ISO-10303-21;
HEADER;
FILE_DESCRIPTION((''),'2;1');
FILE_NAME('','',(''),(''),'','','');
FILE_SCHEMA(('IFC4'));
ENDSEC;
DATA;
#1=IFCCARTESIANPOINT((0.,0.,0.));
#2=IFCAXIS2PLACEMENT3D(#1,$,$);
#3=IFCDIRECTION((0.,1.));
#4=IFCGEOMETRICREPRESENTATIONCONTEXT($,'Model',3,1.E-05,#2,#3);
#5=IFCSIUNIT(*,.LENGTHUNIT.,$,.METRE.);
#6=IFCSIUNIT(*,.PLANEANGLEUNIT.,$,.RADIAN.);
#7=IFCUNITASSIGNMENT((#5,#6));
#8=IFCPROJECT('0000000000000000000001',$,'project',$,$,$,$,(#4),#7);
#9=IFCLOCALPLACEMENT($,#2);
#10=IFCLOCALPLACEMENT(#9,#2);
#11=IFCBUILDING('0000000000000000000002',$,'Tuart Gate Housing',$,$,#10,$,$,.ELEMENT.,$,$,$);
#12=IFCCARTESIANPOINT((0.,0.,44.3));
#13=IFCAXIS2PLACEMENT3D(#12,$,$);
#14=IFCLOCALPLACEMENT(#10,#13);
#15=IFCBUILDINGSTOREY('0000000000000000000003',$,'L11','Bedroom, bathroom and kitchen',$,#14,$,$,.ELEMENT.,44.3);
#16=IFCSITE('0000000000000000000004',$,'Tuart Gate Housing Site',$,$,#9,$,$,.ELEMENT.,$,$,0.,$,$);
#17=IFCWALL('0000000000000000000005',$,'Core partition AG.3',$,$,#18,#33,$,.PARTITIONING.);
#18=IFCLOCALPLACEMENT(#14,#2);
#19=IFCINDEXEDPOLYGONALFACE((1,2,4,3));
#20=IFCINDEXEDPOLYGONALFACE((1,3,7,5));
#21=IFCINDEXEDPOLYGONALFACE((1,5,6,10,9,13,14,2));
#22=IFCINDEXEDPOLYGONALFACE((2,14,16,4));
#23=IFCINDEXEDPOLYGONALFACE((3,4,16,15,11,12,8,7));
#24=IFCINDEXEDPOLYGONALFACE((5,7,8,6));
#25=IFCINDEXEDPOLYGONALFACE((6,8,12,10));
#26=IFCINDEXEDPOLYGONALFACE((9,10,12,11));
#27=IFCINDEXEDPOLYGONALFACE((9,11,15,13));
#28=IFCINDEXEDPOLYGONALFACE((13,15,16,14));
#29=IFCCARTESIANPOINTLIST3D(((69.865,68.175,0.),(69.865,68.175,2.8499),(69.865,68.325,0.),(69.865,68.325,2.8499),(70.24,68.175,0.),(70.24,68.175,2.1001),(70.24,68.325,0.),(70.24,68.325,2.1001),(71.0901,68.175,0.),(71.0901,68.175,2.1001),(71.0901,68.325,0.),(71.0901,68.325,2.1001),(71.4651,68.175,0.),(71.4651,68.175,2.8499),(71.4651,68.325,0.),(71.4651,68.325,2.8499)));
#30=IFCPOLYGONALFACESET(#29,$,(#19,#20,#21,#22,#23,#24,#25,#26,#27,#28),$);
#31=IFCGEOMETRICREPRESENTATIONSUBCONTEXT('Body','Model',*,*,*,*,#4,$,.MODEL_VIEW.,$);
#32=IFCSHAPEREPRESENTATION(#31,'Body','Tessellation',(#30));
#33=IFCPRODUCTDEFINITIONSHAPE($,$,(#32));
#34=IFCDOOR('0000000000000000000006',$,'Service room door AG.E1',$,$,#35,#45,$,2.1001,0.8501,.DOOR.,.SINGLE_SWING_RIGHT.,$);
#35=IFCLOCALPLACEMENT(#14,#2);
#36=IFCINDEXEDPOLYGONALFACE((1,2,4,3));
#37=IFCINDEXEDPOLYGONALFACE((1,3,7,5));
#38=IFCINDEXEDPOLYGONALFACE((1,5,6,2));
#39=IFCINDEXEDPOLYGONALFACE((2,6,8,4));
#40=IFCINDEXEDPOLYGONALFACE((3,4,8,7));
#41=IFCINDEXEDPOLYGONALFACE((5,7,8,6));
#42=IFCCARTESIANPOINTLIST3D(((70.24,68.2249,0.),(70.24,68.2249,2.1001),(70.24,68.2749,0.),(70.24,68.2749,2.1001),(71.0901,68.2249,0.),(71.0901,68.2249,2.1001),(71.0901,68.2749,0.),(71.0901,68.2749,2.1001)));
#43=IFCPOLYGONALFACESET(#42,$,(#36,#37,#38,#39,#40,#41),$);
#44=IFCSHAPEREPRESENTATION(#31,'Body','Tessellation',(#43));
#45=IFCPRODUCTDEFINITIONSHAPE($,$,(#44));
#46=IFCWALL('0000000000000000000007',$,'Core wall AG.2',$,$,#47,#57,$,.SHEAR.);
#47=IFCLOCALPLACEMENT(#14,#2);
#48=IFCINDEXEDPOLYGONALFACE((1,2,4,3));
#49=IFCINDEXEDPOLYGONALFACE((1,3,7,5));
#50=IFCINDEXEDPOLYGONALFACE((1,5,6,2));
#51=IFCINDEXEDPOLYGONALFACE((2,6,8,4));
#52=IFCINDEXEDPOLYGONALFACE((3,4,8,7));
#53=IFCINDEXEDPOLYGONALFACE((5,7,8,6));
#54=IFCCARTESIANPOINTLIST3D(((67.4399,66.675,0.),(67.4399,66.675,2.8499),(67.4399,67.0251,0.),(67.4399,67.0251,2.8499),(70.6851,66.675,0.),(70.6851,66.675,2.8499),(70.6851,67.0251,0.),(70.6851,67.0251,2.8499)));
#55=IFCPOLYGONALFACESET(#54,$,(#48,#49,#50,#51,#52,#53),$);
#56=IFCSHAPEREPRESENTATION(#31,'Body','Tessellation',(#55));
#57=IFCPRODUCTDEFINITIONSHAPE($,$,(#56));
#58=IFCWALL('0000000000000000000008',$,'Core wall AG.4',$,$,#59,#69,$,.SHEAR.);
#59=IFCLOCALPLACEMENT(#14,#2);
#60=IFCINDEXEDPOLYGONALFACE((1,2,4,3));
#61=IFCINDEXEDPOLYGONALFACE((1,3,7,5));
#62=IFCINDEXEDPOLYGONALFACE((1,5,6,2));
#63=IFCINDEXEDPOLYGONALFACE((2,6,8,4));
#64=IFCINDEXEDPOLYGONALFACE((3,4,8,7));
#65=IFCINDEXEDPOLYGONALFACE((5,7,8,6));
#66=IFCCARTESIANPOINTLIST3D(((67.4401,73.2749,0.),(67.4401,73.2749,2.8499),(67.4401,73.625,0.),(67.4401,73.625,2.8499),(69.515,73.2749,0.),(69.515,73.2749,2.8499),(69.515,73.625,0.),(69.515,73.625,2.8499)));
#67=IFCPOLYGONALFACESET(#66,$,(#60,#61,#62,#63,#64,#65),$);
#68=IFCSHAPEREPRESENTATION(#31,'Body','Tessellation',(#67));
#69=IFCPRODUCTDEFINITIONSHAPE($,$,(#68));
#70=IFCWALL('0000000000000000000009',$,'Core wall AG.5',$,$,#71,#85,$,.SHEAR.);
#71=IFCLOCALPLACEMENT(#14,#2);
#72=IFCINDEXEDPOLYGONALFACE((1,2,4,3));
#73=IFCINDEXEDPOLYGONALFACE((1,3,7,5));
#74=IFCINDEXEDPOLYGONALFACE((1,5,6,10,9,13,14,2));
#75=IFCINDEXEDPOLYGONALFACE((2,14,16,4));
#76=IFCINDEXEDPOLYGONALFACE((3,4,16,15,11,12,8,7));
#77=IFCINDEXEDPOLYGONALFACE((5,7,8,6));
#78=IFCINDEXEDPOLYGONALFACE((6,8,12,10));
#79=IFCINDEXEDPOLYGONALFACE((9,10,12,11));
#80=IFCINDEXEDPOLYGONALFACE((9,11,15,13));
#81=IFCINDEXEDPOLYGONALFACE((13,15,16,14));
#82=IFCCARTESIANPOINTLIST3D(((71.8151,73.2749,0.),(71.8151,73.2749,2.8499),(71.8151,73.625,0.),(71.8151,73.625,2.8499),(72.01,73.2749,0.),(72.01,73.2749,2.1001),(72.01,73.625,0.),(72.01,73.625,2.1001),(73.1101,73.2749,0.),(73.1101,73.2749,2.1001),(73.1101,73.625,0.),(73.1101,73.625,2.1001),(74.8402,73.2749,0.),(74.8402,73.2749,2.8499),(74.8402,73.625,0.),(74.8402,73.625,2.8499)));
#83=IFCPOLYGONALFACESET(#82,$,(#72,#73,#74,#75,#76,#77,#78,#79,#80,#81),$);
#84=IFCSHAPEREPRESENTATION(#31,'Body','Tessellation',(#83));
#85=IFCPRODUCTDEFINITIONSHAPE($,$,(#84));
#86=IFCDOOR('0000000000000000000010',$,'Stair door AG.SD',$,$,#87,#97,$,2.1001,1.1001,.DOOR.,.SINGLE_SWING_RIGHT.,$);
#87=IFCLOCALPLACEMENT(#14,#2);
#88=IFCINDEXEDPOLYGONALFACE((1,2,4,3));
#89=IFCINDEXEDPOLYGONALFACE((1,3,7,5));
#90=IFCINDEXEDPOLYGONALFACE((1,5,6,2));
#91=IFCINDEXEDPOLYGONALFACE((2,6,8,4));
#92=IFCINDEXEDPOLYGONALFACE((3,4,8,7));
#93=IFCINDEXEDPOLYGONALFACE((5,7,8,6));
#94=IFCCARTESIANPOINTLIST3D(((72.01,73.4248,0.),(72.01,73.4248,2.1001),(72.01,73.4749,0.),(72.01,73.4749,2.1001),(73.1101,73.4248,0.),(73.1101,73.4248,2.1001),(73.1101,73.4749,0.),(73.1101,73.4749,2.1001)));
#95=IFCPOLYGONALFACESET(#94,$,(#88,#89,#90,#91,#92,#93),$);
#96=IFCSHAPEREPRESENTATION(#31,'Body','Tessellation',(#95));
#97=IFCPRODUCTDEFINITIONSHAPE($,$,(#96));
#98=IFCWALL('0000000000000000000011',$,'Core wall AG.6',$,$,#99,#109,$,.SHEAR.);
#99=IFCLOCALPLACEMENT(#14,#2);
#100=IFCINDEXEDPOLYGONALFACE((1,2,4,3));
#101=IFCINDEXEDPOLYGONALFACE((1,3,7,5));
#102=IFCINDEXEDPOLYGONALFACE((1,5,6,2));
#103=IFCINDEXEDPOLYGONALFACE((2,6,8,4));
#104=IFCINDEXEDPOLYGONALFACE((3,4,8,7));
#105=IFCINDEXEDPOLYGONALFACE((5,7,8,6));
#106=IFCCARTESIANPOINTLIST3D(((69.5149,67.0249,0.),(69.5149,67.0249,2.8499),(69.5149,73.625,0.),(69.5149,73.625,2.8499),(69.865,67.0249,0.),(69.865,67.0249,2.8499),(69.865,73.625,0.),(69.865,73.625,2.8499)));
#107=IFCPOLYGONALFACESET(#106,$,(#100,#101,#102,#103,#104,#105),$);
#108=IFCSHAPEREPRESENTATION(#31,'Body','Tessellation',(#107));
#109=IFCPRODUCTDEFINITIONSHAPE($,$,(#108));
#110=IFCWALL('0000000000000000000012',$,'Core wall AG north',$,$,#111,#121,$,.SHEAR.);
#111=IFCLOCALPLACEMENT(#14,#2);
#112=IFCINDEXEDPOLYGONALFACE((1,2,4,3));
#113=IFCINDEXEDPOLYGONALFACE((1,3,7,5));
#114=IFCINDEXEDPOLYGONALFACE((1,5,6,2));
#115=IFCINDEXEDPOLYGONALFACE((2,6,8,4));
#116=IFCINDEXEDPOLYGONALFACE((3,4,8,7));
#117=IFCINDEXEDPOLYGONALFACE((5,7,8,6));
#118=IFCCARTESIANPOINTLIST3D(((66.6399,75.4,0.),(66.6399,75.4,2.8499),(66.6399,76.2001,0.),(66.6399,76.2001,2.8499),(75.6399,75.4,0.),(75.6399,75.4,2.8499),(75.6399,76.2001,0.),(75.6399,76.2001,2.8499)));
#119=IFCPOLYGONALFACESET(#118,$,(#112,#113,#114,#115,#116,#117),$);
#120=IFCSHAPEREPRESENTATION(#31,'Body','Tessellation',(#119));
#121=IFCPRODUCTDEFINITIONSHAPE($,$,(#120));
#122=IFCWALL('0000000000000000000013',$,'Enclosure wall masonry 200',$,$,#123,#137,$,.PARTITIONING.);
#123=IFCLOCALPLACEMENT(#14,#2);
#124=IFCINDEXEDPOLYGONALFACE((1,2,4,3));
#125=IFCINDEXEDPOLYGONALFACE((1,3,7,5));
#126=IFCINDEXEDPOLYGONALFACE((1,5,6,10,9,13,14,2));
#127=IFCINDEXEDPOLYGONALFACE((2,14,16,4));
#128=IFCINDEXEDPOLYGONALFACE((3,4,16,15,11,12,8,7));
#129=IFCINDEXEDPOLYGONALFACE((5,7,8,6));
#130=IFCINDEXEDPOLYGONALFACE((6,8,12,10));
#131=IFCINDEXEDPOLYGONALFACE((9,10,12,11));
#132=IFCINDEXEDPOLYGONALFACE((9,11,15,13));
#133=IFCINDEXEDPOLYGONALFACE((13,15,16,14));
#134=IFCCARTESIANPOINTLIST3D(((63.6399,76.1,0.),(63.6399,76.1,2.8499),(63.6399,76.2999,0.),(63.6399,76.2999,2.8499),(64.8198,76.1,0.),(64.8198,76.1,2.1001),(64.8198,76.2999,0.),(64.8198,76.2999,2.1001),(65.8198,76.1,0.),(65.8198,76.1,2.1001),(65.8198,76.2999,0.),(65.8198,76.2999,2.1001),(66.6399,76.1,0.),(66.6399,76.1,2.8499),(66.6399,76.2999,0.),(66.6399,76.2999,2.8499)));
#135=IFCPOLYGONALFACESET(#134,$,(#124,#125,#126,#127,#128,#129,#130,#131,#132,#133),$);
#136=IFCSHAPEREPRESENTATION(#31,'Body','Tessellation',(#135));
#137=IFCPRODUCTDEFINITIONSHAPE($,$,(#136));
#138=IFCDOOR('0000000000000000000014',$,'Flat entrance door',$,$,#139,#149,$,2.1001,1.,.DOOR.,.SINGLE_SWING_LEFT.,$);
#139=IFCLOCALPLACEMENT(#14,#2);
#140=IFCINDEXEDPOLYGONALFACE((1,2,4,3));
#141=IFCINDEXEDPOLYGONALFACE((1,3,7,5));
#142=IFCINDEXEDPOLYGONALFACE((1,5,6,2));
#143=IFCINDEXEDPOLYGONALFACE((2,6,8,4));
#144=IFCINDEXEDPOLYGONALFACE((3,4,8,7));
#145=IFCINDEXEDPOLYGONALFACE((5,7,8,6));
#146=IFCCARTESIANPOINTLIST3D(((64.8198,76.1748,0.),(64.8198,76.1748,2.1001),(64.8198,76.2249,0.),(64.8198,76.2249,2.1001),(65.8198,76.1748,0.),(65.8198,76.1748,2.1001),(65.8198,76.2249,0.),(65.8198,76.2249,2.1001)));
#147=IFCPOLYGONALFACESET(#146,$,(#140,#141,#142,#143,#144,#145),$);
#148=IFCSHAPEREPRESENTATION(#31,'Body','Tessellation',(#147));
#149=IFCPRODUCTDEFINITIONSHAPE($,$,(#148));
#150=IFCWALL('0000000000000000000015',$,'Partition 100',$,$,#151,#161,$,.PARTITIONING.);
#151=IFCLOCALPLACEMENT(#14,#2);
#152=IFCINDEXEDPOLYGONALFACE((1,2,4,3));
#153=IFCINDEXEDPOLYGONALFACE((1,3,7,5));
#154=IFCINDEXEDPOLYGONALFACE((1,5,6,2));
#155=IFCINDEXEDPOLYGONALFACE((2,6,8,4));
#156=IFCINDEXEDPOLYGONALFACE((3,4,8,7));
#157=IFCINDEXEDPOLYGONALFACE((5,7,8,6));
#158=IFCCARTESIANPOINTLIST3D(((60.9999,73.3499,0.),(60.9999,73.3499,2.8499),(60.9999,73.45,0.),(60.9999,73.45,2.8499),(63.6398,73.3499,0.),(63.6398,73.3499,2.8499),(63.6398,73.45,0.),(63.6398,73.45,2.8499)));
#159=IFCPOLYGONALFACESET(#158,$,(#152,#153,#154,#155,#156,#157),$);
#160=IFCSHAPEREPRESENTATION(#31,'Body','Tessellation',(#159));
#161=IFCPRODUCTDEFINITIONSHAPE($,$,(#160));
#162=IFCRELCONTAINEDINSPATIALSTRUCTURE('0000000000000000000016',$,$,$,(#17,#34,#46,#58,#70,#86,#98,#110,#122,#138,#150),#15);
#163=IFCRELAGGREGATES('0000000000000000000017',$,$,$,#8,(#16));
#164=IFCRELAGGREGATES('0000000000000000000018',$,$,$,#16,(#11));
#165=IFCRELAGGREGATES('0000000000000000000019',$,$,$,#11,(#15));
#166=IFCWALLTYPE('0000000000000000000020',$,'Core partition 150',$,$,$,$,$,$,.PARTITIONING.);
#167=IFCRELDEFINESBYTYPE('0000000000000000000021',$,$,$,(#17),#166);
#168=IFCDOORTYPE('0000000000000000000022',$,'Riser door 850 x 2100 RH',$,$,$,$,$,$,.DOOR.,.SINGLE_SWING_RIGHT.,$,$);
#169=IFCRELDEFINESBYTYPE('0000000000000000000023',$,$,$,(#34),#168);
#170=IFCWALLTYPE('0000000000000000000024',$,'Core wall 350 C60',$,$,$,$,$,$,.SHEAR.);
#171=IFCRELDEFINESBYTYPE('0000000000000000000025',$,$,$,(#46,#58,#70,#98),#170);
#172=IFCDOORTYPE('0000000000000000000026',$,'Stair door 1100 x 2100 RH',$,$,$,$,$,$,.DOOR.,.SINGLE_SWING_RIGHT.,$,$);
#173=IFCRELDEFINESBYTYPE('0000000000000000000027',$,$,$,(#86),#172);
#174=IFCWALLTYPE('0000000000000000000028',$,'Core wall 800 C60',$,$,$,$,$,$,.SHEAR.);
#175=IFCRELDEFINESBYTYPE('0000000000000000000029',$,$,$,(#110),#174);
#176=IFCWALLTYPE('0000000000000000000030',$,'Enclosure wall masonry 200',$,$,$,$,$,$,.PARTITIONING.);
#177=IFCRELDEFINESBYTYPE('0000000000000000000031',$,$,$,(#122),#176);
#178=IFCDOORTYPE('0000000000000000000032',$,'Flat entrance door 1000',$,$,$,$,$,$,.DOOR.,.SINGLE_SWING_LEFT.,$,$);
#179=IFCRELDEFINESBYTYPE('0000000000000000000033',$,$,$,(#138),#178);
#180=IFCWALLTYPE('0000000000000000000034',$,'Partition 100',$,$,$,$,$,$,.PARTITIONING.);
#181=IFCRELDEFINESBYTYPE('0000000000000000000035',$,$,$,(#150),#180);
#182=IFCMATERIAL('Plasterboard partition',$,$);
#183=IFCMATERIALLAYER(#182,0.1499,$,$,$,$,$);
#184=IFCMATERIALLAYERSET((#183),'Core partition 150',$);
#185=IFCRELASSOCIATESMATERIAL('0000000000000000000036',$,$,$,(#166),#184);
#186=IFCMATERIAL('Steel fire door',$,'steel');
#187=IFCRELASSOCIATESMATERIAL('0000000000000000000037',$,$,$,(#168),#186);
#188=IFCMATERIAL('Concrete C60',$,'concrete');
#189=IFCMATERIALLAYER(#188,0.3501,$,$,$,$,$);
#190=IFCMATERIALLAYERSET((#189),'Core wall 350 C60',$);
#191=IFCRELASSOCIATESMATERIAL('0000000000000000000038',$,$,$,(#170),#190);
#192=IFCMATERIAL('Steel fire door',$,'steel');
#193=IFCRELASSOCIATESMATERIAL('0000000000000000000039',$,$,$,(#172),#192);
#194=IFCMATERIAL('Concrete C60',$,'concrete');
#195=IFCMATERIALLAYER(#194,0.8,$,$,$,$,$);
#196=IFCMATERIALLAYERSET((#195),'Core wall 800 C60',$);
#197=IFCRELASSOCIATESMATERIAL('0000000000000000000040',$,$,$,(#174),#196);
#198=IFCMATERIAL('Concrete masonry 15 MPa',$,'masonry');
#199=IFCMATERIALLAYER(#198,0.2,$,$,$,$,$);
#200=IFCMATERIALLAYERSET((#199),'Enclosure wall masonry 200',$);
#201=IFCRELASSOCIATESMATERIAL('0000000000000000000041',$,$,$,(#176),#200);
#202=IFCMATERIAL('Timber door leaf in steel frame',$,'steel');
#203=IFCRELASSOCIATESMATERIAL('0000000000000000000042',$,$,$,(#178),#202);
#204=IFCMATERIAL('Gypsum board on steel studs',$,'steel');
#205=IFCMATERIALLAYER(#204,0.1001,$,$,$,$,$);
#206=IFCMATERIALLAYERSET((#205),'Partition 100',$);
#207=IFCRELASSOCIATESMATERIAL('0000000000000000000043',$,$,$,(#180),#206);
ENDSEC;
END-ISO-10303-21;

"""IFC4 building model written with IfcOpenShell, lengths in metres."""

from ifc_helpers import new_model, si_unit, direction, frame, frame_2d, origin, place, context, subcontext, project, spatial, rectangle, extrude, material, layer, layer_set, type_object, element, fill, save


model = new_model("IFC4")

# Units and contexts
model_context = context("Model", 3, precision=1e-05, world=origin(), true_north=direction((0.0, 1.0)))
body_context = subcontext(model_context, "Body", "Model", "MODEL_VIEW")
ifc_project = project(units=[si_unit("LENGTHUNIT", "METRE"), si_unit("PLANEANGLEUNIT", "RADIAN")], contexts=[model_context])

# Site, building, storey
site_placement = place(None, origin())
site = spatial("IfcSite", under=ifc_project, at=site_placement, Name="Tuart Gate Housing Site", CompositionType="ELEMENT", RefElevation=0.0)
building_placement = place(site_placement, origin())
building = spatial("IfcBuilding", under=site, at=building_placement, Name="Tuart Gate Housing", CompositionType="ELEMENT")
storey_placement = place(building_placement, frame((0.0, 0.0, 44.3)))
storey = spatial("IfcBuildingStorey", under=building, at=storey_placement, Name="L11", Description="Bedroom, bathroom and kitchen", CompositionType="ELEMENT", Elevation=44.3)

# Wall, opening, door
ifc_material_1 = material(Name="Plasterboard partition")
ifc_layer_1 = layer(ifc_material_1, 0.1499)
ifc_layer_set_1 = layer_set([ifc_layer_1], Name="Core partition 150")
wall_type_1 = type_object("IfcWallType", Name="Core partition 150", PredefinedType="PARTITIONING", material=ifc_layer_set_1)
wall_1_placement = place(storey_placement, frame((69.865, 68.25, 0.0), z_axis=(0.0, 0.0, 1.0), x_axis=(1.0, 0.0, 0.0)))
wall_1 = element("IfcWall", 1, at=wall_1_placement, inside=storey, type_object=wall_type_1, Name="Core partition AG.3", PredefinedType="PARTITIONING", context=body_context, shape_type="SweptSolid", body=[
    extrude(rectangle(XDim=1.6001, YDim=0.1499, at=frame_2d((0.8, 0.0))), origin(), (0.0, 0.0, 1.0), 2.8499),
])
opening_1_placement = place(wall_1_placement, frame((0.375, 0.0, 0.0)))
opening_1 = element("IfcOpeningElement", 2, at=opening_1_placement, cuts=wall_1, PredefinedType="OPENING", context=body_context, shape_type="SweptSolid", body=[
    extrude(rectangle(XDim=0.8501, YDim=2.1001, at=frame_2d((0.425, 1.05))), frame((0.0, 0.085, 0.0), z_axis=(0.0, -1.0, 0.0), x_axis=(1.0, 0.0, 0.0)), (0.0, 0.0, 1.0), 0.1699),
])
ifc_material_2 = material(Name="Steel fire door", Category="steel")
door_type_1 = type_object("IfcDoorType", Name="Riser door 850 x 2100 RH", OperationType="SINGLE_SWING_RIGHT", PredefinedType="DOOR", material=ifc_material_2)
door_1_placement = place(opening_1_placement, frame((0.8501, 0.0, 0.0), z_axis=(0.0, 0.0, 1.0), x_axis=(-1.0, 0.0, 0.0)))
door_1 = element("IfcDoor", 3, at=door_1_placement, inside=storey, type_object=door_type_1, Name="Service room door AG.E1", OperationType="SINGLE_SWING_RIGHT", OverallHeight=2.1001, OverallWidth=0.8501, PredefinedType="DOOR", context=body_context, shape_type="SweptSolid", body=[
    extrude(rectangle(XDim=0.8501, YDim=2.1001, at=frame_2d((0.425, 1.05))), frame((0.0, 0.0251, 0.0), z_axis=(0.0, -1.0, 0.0), x_axis=(1.0, 0.0, 0.0)), (0.0, 0.0, 1.0), 0.05),
])
fill(opening_1, door_1)

# Walls
ifc_material_3 = material(Name="Concrete C60", Category="concrete")
ifc_layer_2 = layer(ifc_material_3, 0.3501)
ifc_layer_set_2 = layer_set([ifc_layer_2], Name="Core wall 350 C60")
wall_type_2 = type_object("IfcWallType", Name="Core wall 350 C60", PredefinedType="SHEAR", material=ifc_layer_set_2)
wall_2_placement = place(storey_placement, frame((67.4399, 66.8501, 0.0), z_axis=(0.0, 0.0, 1.0), x_axis=(1.0, 0.0, 0.0)))
element("IfcWall", 4, at=wall_2_placement, inside=storey, type_object=wall_type_2, Name="Core wall AG.2", PredefinedType="SHEAR", context=body_context, shape_type="SweptSolid", body=[
    extrude(rectangle(XDim=3.2451, YDim=0.3501, at=frame_2d((1.6226, 0.0))), origin(), (0.0, 0.0, 1.0), 2.8499),
])
wall_3_placement = place(storey_placement, frame((67.4399, 73.45, 0.0), z_axis=(0.0, 0.0, 1.0), x_axis=(1.0, 0.0, 0.0)))
element("IfcWall", 5, at=wall_3_placement, inside=storey, type_object=wall_type_2, Name="Core wall AG.4", PredefinedType="SHEAR", context=body_context, shape_type="SweptSolid", body=[
    extrude(rectangle(XDim=2.075, YDim=0.3501, at=frame_2d((1.0376, 0.0))), origin(), (0.0, 0.0, 1.0), 2.8499),
])

# Wall, opening, door
wall_4_placement = place(storey_placement, frame((71.8149, 73.45, 0.0), z_axis=(0.0, 0.0, 1.0), x_axis=(1.0, 0.0, 0.0)))
wall_4 = element("IfcWall", 6, at=wall_4_placement, inside=storey, type_object=wall_type_2, Name="Core wall AG.5", PredefinedType="SHEAR", context=body_context, shape_type="SweptSolid", body=[
    extrude(rectangle(XDim=3.0251, YDim=0.3501, at=frame_2d((1.5127, 0.0))), origin(), (0.0, 0.0, 1.0), 2.8499),
])
opening_2_placement = place(wall_4_placement, frame((0.1951, 0.0, 0.0)))
opening_2 = element("IfcOpeningElement", 7, at=opening_2_placement, cuts=wall_4, PredefinedType="OPENING", context=body_context, shape_type="SweptSolid", body=[
    extrude(rectangle(XDim=1.1001, YDim=2.1001, at=frame_2d((0.55, 1.05))), frame((0.0, 0.1851, 0.0), z_axis=(0.0, -1.0, 0.0), x_axis=(1.0, 0.0, 0.0)), (0.0, 0.0, 1.0), 0.3701),
])
ifc_material_4 = material(Name="Steel fire door", Category="steel")
door_type_2 = type_object("IfcDoorType", Name="Stair door 1100 x 2100 RH", OperationType="SINGLE_SWING_RIGHT", PredefinedType="DOOR", material=ifc_material_4)
door_2_placement = place(opening_2_placement, frame((1.1001, 0.0, 0.0), z_axis=(0.0, 0.0, 1.0), x_axis=(-1.0, 0.0, 0.0)))
door_2 = element("IfcDoor", 8, at=door_2_placement, inside=storey, type_object=door_type_2, Name="Stair door AG.SD", OperationType="SINGLE_SWING_RIGHT", OverallHeight=2.1001, OverallWidth=1.1001, PredefinedType="DOOR", context=body_context, shape_type="SweptSolid", body=[
    extrude(rectangle(XDim=1.1001, YDim=2.1001, at=frame_2d((0.55, 1.05))), frame((0.0, 0.0251, 0.0), z_axis=(0.0, -1.0, 0.0), x_axis=(1.0, 0.0, 0.0)), (0.0, 0.0, 1.0), 0.05),
])
fill(opening_2, door_2)

# Walls
wall_5_placement = place(storey_placement, frame((69.6899, 67.0249, 0.0), z_axis=(0.0, 0.0, 1.0), x_axis=(0.0, 1.0, 0.0)))
element("IfcWall", 9, at=wall_5_placement, inside=storey, type_object=wall_type_2, Name="Core wall AG.6", PredefinedType="SHEAR", context=body_context, shape_type="SweptSolid", body=[
    extrude(rectangle(XDim=6.6001, YDim=0.3501, at=frame_2d((3.3, 0.0))), origin(), (0.0, 0.0, 1.0), 2.8499),
])
ifc_material_5 = material(Name="Concrete C60", Category="concrete")
ifc_layer_3 = layer(ifc_material_5, 0.8)
ifc_layer_set_3 = layer_set([ifc_layer_3], Name="Core wall 800 C60")
wall_type_3 = type_object("IfcWallType", Name="Core wall 800 C60", PredefinedType="SHEAR", material=ifc_layer_set_3)
wall_6_placement = place(storey_placement, frame((66.6399, 75.8, 0.0), z_axis=(0.0, 0.0, 1.0), x_axis=(1.0, 0.0, 0.0)))
element("IfcWall", 10, at=wall_6_placement, inside=storey, type_object=wall_type_3, Name="Core wall AG north", PredefinedType="SHEAR", context=body_context, shape_type="SweptSolid", body=[
    extrude(rectangle(XDim=9.0, YDim=0.8, at=frame_2d((4.5, 0.0))), origin(), (0.0, 0.0, 1.0), 2.8499),
])

# Wall, opening, door
ifc_material_6 = material(Name="Concrete masonry 15 MPa", Category="masonry")
ifc_layer_4 = layer(ifc_material_6, 0.2)
ifc_layer_set_4 = layer_set([ifc_layer_4], Name="Enclosure wall masonry 200")
wall_type_4 = type_object("IfcWallType", Name="Enclosure wall masonry 200", PredefinedType="PARTITIONING", material=ifc_layer_set_4)
wall_7_placement = place(storey_placement, frame((63.6399, 76.2, 0.0), z_axis=(0.0, 0.0, 1.0), x_axis=(1.0, 0.0, 0.0)))
wall_7 = element("IfcWall", 11, at=wall_7_placement, inside=storey, type_object=wall_type_4, Name="Enclosure wall masonry 200", PredefinedType="PARTITIONING", context=body_context, shape_type="SweptSolid", body=[
    extrude(rectangle(XDim=3.0, YDim=0.2, at=frame_2d((1.5, 0.0))), origin(), (0.0, 0.0, 1.0), 2.8499),
])
opening_3_placement = place(wall_7_placement, frame((1.1799, 0.0, 0.0)))
opening_3 = element("IfcOpeningElement", 12, at=opening_3_placement, cuts=wall_7, PredefinedType="OPENING", context=body_context, shape_type="SweptSolid", body=[
    extrude(rectangle(XDim=1.0, YDim=2.1001, at=frame_2d((0.5, 1.05))), frame((0.0, 0.1099, 0.0), z_axis=(0.0, -1.0, 0.0), x_axis=(1.0, 0.0, 0.0)), (0.0, 0.0, 1.0), 0.22),
])
ifc_material_7 = material(Name="Timber door leaf in steel frame", Category="steel")
door_type_3 = type_object("IfcDoorType", Name="Flat entrance door 1000", OperationType="SINGLE_SWING_LEFT", PredefinedType="DOOR", material=ifc_material_7)
door_3_placement = place(opening_3_placement, origin())
door_3 = element("IfcDoor", 13, at=door_3_placement, inside=storey, type_object=door_type_3, Name="Flat entrance door", OperationType="SINGLE_SWING_LEFT", OverallHeight=2.1001, OverallWidth=1.0, PredefinedType="DOOR", context=body_context, shape_type="SweptSolid", body=[
    extrude(rectangle(XDim=1.0, YDim=2.1001, at=frame_2d((0.5, 1.05))), frame((0.0, 0.0249, 0.0), z_axis=(0.0, -1.0, 0.0), x_axis=(1.0, 0.0, 0.0)), (0.0, 0.0, 1.0), 0.05),
])
fill(opening_3, door_3)

# Wall
ifc_material_8 = material(Name="Gypsum board on steel studs", Category="steel")
ifc_layer_5 = layer(ifc_material_8, 0.1001)
ifc_layer_set_5 = layer_set([ifc_layer_5], Name="Partition 100")
wall_type_5 = type_object("IfcWallType", Name="Partition 100", PredefinedType="PARTITIONING", material=ifc_layer_set_5)
wall_8_placement = place(storey_placement, frame((61.0, 73.3999, 0.0), z_axis=(0.0, 0.0, 1.0), x_axis=(1.0, 0.0, 0.0)))
element("IfcWall", 14, at=wall_8_placement, inside=storey, type_object=wall_type_5, Name="Partition 100", PredefinedType="PARTITIONING", context=body_context, shape_type="SweptSolid", body=[
    extrude(rectangle(XDim=2.6399, YDim=0.1001, at=frame_2d((1.3198, 0.0))), origin(), (0.0, 0.0, 1.0), 2.8499),
])

save(model, "model.ifc")
